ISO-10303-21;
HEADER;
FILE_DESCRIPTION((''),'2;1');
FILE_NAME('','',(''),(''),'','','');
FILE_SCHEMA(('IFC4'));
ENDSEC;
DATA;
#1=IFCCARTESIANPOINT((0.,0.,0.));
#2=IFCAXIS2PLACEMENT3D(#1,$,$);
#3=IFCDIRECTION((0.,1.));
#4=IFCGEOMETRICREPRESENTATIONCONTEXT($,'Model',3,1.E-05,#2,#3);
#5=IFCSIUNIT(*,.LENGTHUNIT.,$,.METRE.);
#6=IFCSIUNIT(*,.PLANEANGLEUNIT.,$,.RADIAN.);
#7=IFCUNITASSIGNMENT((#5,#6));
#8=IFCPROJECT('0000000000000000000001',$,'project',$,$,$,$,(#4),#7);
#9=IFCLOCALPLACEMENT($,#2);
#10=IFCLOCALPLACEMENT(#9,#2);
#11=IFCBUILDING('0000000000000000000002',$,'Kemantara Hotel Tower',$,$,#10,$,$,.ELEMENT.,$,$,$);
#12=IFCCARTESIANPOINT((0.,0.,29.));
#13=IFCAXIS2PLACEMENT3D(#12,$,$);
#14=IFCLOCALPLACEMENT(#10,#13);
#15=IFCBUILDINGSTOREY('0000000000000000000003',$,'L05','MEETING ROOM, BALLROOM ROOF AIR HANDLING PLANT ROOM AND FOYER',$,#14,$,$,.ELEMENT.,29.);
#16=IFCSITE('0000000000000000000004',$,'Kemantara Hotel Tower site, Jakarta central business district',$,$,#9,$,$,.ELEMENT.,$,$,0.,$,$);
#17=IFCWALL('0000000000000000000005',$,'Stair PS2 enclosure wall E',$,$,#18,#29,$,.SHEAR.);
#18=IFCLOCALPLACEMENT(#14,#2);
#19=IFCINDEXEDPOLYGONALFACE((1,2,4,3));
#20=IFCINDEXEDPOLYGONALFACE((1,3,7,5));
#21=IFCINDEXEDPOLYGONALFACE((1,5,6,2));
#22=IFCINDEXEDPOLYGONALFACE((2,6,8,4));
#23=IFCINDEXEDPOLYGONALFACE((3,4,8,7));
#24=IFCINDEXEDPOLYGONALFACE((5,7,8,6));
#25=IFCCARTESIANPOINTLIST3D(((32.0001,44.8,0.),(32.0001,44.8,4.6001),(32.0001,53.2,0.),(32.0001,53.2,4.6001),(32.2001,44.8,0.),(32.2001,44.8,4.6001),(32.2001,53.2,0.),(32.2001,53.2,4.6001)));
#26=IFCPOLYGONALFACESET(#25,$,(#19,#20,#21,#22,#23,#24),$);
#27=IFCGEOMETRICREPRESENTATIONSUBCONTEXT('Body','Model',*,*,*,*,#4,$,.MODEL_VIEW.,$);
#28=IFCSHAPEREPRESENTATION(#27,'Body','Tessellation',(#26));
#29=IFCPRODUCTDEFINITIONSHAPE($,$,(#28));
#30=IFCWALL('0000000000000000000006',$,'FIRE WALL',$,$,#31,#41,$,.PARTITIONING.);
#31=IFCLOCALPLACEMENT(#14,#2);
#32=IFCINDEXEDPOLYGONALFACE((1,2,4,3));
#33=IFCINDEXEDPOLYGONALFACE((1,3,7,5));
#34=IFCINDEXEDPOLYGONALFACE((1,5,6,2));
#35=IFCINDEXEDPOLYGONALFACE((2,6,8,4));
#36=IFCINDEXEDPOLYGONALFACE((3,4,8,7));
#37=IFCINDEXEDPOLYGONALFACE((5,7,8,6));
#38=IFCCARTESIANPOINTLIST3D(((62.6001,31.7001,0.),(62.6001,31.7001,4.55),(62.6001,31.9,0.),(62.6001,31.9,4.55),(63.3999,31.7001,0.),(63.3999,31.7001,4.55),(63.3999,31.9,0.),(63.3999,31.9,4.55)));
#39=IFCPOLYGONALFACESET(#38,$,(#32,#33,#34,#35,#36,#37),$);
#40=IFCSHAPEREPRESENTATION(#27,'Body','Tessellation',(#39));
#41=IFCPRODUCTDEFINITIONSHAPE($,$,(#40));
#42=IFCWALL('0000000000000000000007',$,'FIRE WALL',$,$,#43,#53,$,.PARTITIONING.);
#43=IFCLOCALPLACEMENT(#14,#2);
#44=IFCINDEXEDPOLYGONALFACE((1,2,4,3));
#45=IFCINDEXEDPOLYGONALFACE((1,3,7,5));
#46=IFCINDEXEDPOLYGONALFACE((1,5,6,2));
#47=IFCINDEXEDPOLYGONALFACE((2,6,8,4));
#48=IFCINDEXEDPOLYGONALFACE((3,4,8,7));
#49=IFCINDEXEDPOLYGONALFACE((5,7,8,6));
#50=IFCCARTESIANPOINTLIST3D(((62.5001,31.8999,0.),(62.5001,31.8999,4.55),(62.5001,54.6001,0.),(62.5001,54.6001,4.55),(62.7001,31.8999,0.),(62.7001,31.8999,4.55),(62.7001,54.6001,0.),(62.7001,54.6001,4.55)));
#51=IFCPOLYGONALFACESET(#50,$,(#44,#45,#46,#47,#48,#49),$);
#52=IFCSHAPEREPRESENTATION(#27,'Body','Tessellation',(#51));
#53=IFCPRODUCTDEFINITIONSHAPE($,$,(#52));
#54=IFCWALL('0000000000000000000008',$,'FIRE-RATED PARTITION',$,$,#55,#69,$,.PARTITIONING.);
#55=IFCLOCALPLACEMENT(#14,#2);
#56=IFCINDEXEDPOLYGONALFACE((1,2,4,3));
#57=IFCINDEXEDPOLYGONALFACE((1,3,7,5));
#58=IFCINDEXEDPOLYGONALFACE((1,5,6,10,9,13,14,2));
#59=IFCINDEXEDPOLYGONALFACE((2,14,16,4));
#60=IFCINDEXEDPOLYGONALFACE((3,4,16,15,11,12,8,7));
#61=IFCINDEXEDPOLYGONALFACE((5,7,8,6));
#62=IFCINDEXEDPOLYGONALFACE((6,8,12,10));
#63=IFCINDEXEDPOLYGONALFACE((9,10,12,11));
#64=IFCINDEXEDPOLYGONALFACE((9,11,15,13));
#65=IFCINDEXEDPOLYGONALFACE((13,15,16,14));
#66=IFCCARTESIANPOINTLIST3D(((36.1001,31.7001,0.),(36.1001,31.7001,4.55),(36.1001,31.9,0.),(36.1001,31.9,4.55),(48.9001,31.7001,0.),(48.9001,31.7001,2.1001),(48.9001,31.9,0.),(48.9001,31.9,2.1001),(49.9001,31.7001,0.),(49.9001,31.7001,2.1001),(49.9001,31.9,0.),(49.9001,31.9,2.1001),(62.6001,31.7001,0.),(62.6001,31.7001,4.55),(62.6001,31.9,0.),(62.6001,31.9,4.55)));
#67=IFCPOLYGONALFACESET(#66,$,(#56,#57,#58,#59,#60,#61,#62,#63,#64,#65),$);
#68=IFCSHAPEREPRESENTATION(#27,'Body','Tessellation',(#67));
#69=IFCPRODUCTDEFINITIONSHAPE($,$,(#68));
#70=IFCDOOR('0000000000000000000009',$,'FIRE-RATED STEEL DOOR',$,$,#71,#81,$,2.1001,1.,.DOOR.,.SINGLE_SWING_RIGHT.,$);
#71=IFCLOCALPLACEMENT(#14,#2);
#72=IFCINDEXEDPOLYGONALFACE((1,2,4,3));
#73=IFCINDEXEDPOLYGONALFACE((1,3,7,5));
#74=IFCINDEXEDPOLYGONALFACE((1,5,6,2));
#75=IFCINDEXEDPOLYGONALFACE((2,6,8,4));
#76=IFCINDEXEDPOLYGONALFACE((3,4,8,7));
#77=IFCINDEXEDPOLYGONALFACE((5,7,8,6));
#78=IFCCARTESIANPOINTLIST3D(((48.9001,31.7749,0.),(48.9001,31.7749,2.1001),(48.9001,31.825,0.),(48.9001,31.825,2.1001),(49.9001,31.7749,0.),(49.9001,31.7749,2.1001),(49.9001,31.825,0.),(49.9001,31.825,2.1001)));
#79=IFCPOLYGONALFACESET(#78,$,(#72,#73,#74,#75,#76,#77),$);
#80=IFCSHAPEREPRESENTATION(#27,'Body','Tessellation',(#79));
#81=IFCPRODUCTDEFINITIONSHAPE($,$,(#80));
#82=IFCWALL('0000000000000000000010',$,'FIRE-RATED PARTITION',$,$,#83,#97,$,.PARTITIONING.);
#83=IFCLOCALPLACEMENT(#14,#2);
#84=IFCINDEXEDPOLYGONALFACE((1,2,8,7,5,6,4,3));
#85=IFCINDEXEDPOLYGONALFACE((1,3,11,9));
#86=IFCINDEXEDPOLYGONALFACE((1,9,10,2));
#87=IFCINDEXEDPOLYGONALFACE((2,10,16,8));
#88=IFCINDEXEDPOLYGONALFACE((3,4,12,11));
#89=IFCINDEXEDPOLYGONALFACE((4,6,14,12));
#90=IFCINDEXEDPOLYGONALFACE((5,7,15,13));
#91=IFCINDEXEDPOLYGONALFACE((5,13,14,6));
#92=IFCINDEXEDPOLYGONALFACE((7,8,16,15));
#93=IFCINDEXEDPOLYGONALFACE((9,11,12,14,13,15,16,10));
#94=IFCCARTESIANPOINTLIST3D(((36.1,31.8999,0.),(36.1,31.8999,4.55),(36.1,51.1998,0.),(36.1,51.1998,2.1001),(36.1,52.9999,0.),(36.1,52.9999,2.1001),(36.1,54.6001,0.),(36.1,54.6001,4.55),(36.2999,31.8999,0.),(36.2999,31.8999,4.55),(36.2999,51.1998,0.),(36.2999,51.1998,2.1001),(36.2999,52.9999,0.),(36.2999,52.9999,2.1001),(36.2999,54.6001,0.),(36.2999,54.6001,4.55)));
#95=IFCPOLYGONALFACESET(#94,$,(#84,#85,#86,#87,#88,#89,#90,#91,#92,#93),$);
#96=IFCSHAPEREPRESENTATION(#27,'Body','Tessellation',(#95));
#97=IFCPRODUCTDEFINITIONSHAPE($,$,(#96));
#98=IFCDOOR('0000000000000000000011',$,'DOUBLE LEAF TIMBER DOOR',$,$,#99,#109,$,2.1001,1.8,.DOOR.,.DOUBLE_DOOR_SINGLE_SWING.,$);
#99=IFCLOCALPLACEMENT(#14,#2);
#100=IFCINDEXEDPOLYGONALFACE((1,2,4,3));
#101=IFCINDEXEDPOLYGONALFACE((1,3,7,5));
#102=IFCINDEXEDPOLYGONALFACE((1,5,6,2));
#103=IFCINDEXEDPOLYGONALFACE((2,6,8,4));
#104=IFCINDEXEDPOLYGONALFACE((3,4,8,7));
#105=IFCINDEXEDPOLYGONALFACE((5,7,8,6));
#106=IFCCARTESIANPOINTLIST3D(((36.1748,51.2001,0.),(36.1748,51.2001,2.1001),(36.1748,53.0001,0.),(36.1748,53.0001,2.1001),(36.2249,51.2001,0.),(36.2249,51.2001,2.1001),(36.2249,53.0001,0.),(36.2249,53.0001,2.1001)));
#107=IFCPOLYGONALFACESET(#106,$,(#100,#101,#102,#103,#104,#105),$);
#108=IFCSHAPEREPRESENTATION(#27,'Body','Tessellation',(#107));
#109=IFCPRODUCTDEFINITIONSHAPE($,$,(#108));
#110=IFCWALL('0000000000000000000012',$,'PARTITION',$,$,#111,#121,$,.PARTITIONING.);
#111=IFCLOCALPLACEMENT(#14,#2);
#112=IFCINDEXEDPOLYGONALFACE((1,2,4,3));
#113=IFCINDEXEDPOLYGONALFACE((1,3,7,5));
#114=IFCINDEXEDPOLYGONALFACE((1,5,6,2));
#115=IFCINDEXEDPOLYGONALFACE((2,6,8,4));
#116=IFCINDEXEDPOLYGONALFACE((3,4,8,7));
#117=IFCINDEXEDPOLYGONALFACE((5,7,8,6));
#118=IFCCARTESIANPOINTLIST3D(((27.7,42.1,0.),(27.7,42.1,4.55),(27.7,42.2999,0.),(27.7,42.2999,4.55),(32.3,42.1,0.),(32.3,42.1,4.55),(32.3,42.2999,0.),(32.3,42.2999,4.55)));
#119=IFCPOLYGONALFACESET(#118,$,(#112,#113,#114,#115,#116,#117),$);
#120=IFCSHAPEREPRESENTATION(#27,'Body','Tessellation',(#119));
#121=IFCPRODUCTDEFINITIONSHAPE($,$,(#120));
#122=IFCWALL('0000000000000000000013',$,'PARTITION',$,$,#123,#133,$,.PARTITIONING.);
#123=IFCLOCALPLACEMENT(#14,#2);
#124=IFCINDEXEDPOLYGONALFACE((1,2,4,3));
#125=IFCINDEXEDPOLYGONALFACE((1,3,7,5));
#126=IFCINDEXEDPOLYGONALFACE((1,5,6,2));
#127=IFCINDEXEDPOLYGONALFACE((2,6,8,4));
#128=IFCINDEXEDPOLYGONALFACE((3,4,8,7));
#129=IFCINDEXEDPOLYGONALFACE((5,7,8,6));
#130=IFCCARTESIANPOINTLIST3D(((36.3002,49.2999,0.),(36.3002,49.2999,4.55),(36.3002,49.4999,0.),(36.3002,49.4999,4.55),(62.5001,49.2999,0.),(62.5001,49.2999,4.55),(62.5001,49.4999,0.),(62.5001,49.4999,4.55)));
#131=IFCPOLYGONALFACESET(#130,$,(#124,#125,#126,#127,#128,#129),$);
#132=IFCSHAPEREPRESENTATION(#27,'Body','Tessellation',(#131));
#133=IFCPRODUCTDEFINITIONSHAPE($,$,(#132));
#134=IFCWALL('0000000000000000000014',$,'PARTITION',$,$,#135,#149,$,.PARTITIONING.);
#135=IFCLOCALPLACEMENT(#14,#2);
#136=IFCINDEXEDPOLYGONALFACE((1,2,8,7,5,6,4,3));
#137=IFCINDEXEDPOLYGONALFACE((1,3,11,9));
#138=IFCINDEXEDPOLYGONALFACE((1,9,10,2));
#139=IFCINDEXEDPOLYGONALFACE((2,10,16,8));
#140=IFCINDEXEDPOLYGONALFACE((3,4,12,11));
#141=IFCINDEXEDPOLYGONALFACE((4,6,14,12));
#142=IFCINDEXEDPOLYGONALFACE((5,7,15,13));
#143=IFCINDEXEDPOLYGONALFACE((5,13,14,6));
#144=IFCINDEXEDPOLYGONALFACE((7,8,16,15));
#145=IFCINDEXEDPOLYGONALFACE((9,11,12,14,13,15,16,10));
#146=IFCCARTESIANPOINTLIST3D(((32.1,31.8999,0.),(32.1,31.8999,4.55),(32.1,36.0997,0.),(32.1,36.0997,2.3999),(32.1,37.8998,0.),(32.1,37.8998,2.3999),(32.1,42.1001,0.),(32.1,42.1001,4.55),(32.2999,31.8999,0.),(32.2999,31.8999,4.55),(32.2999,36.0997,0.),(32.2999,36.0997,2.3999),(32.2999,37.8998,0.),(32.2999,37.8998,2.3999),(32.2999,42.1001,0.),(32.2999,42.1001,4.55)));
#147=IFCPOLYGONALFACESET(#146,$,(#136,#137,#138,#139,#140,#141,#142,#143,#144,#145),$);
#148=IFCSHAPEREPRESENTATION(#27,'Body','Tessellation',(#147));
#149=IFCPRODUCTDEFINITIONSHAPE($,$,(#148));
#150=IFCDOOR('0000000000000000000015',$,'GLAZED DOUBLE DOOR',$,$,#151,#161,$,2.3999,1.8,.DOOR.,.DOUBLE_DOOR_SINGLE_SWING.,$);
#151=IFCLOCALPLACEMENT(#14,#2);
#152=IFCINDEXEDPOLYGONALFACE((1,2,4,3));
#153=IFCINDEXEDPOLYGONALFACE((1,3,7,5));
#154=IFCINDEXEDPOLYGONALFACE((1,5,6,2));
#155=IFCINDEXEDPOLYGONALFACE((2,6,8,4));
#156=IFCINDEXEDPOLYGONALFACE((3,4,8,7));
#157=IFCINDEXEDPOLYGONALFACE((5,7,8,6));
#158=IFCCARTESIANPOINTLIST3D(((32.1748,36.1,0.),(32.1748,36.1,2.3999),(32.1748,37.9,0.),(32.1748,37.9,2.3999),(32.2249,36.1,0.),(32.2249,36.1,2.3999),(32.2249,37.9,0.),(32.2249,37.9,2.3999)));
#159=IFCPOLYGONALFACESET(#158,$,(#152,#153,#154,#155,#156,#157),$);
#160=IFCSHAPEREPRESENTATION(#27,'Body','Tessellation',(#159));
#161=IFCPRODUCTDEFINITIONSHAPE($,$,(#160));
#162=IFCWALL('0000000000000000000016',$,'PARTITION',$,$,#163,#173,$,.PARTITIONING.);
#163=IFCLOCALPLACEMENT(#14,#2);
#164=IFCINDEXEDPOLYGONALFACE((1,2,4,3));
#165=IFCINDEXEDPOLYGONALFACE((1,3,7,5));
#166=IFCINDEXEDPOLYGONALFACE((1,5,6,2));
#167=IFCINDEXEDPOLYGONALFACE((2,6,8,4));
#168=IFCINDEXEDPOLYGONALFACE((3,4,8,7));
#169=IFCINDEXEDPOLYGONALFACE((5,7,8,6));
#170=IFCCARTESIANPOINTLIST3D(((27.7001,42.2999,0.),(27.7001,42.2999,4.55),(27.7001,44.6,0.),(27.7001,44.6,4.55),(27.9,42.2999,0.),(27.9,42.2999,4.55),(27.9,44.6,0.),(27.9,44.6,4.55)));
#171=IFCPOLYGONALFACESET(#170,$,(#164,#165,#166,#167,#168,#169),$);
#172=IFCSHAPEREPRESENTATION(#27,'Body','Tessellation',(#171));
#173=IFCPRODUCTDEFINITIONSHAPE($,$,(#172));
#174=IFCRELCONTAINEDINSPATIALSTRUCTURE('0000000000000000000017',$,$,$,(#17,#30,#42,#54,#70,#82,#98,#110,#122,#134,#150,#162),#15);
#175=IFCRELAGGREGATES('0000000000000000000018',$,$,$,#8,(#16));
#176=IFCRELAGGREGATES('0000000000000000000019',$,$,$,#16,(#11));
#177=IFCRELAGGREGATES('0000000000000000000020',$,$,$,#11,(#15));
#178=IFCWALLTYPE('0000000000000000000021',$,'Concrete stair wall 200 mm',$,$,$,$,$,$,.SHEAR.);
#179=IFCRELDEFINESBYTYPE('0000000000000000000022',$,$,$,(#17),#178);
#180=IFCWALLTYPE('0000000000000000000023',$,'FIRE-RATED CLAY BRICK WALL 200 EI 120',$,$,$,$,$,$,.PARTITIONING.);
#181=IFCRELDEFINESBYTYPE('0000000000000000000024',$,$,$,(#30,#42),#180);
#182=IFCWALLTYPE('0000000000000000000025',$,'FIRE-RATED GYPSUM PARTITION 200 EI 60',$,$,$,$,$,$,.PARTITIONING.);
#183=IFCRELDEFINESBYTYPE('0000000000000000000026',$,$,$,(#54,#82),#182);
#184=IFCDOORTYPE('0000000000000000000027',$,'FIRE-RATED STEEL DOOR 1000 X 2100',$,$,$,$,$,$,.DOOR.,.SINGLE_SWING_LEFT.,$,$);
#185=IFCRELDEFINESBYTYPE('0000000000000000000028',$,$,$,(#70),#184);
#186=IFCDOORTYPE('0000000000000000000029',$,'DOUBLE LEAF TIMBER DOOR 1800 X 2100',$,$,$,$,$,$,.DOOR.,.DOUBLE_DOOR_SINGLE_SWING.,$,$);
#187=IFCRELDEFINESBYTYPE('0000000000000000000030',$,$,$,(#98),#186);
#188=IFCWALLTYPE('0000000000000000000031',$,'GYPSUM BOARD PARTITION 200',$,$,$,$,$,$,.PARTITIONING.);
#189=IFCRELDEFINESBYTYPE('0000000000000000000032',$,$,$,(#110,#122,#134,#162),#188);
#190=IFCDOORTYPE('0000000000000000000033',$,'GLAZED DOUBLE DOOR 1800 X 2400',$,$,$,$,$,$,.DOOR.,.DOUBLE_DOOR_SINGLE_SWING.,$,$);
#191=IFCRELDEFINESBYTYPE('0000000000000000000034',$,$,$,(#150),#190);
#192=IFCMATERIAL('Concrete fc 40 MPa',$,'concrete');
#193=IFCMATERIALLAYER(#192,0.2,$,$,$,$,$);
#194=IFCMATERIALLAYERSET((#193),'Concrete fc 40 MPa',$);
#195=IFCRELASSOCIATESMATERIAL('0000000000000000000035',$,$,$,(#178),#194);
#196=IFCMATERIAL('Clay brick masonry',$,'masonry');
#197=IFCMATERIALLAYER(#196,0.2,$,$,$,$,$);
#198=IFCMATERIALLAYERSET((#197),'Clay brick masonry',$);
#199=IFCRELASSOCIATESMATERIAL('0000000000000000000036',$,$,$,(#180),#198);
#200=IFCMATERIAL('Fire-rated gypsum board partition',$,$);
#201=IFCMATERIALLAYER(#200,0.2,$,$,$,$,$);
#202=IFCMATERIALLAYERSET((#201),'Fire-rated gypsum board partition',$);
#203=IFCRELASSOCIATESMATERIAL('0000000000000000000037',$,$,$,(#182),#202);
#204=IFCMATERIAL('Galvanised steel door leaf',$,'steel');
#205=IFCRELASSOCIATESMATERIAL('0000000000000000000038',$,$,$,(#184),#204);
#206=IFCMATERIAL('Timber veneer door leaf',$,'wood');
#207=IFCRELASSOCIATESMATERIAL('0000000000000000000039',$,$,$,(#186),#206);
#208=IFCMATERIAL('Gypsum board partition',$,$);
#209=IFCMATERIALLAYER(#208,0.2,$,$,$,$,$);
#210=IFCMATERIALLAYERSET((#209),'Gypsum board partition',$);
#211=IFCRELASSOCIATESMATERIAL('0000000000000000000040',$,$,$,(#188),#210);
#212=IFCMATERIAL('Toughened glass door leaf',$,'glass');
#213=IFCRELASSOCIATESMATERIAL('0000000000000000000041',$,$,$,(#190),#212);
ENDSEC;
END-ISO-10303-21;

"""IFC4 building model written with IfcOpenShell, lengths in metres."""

from ifc_helpers import new_model, si_unit, direction, frame, frame_2d, origin, place, context, subcontext, project, spatial, rectangle, extrude, material, layer, layer_set, type_object, element, fill, save


model = new_model("IFC4")

# Units and contexts
model_context = context("Model", 3, precision=1e-05, world=origin(), true_north=direction((0.0, 1.0)))
body_context = subcontext(model_context, "Body", "Model", "MODEL_VIEW")
ifc_project = project(units=[si_unit("LENGTHUNIT", "METRE"), si_unit("PLANEANGLEUNIT", "RADIAN")], contexts=[model_context])

# Site, building, storey
site_placement = place(None, origin())
site = spatial("IfcSite", under=ifc_project, at=site_placement, Name="Kemantara Hotel Tower site, Jakarta central business district", CompositionType="ELEMENT", RefElevation=0.0)
building_placement = place(site_placement, origin())
building = spatial("IfcBuilding", under=site, at=building_placement, Name="Kemantara Hotel Tower", CompositionType="ELEMENT")
storey_placement = place(building_placement, frame((0.0, 0.0, 29.0)))
storey = spatial("IfcBuildingStorey", under=building, at=storey_placement, Name="L05", Description="MEETING ROOM, BALLROOM ROOF AIR HANDLING PLANT ROOM AND FOYER", CompositionType="ELEMENT", Elevation=29.0)

# Shared definitions
ifc_material_1 = material(Name="Concrete fc 40 MPa", Category="concrete")
ifc_layer_1 = layer(ifc_material_1, 0.2)
ifc_layer_set_1 = layer_set([ifc_layer_1], Name="Concrete fc 40 MPa")
wall_type_1 = type_object("IfcWallType", Name="Concrete stair wall 200 mm", PredefinedType="SHEAR", material=ifc_layer_set_1)

# Walls
for number, where, z_axis, x_axis, name in (
    (1, (32.1001, 44.8, 0.0), (0.0, 0.0, 1.0), (0.0, 1.0, 0.0), "Stair PS2 enclosure wall E"),
):
    element("IfcWall", number, at=place(storey_placement, frame(where, z_axis=z_axis, x_axis=x_axis)), inside=storey, type_object=wall_type_1, Name=name, PredefinedType="SHEAR", context=body_context, shape_type="SweptSolid", body=[
        extrude(rectangle(XDim=8.3999, YDim=0.2, at=frame_2d((4.2, 0.0))), origin(), (0.0, 0.0, 1.0), 4.6001),
    ])
ifc_material_2 = material(Name="Clay brick masonry", Category="masonry")
ifc_layer_2 = layer(ifc_material_2, 0.2)
ifc_layer_set_2 = layer_set([ifc_layer_2], Name="Clay brick masonry")
wall_type_2 = type_object("IfcWallType", Name="FIRE-RATED CLAY BRICK WALL 200 EI 120", PredefinedType="PARTITIONING", material=ifc_layer_set_2)
wall_1_placement = place(storey_placement, frame((62.6001, 31.8, 0.0), z_axis=(0.0, 0.0, 1.0), x_axis=(1.0, 0.0, 0.0)))
element("IfcWall", 2, at=wall_1_placement, inside=storey, type_object=wall_type_2, Name="FIRE WALL", PredefinedType="PARTITIONING", context=body_context, shape_type="SweptSolid", body=[
    extrude(rectangle(XDim=0.7998, YDim=0.2, at=frame_2d((0.3999, 0.0))), origin(), (0.0, 0.0, 1.0), 4.55),
])
wall_2_placement = place(storey_placement, frame((62.6001, 31.8999, 0.0), z_axis=(0.0, 0.0, 1.0), x_axis=(0.0, 1.0, 0.0)))
element("IfcWall", 3, at=wall_2_placement, inside=storey, type_object=wall_type_2, Name="FIRE WALL", PredefinedType="PARTITIONING", context=body_context, shape_type="SweptSolid", body=[
    extrude(rectangle(XDim=22.7002, YDim=0.2, at=frame_2d((11.3501, 0.0))), origin(), (0.0, 0.0, 1.0), 4.55),
])

# Walls, openings, doors
ifc_material_3 = material(Name="Fire-rated gypsum board partition")
ifc_layer_3 = layer(ifc_material_3, 0.2)
ifc_layer_set_3 = layer_set([ifc_layer_3], Name="Fire-rated gypsum board partition")
wall_type_3 = type_object("IfcWallType", Name="FIRE-RATED GYPSUM PARTITION 200 EI 60", PredefinedType="PARTITIONING", material=ifc_layer_set_3)
wall_3_placement = place(storey_placement, frame((36.1001, 31.8, 0.0), z_axis=(0.0, 0.0, 1.0), x_axis=(1.0, 0.0, 0.0)))
wall_3 = element("IfcWall", 4, at=wall_3_placement, inside=storey, type_object=wall_type_3, Name="FIRE-RATED PARTITION", PredefinedType="PARTITIONING", context=body_context, shape_type="SweptSolid", body=[
    extrude(rectangle(XDim=26.5, YDim=0.2, at=frame_2d((13.25, 0.0))), origin(), (0.0, 0.0, 1.0), 4.55),
])
opening_1_placement = place(wall_3_placement, frame((12.8, 0.0, 0.0)))
opening_1 = element("IfcOpeningElement", 5, at=opening_1_placement, cuts=wall_3, PredefinedType="OPENING", context=body_context, shape_type="SweptSolid", body=[
    extrude(rectangle(XDim=1.0, YDim=2.1001, at=frame_2d((0.5, 1.05))), frame((0.0, 0.1099, 0.0), z_axis=(0.0, -1.0, 0.0), x_axis=(1.0, 0.0, 0.0)), (0.0, 0.0, 1.0), 0.22),
])
ifc_material_4 = material(Name="Galvanised steel door leaf", Category="steel")
door_type_1 = type_object("IfcDoorType", Name="FIRE-RATED STEEL DOOR 1000 X 2100", OperationType="SINGLE_SWING_LEFT", PredefinedType="DOOR", material=ifc_material_4)
door_1_placement = place(opening_1_placement, origin())
door_1 = element("IfcDoor", 6, at=door_1_placement, inside=storey, type_object=door_type_1, Name="FIRE-RATED STEEL DOOR", OperationType="SINGLE_SWING_RIGHT", OverallHeight=2.1001, OverallWidth=1.0, PredefinedType="DOOR", context=body_context, shape_type="SweptSolid", body=[
    extrude(rectangle(XDim=1.0, YDim=2.1001, at=frame_2d((0.5, 1.05))), frame((0.0, 0.0249, 0.0), z_axis=(0.0, -1.0, 0.0), x_axis=(1.0, 0.0, 0.0)), (0.0, 0.0, 1.0), 0.05),
])
fill(opening_1, door_1)
wall_4_placement = place(storey_placement, frame((36.2, 31.8999, 0.0), z_axis=(0.0, 0.0, 1.0), x_axis=(0.0, 1.0, 0.0)))
wall_4 = element("IfcWall", 7, at=wall_4_placement, inside=storey, type_object=wall_type_3, Name="FIRE-RATED PARTITION", PredefinedType="PARTITIONING", context=body_context, shape_type="SweptSolid", body=[
    extrude(rectangle(XDim=22.7002, YDim=0.2, at=frame_2d((11.3501, 0.0))), origin(), (0.0, 0.0, 1.0), 4.55),
])
opening_2_placement = place(wall_4_placement, frame((19.3, 0.0, 0.0)))
opening_2 = element("IfcOpeningElement", 8, at=opening_2_placement, cuts=wall_4, PredefinedType="OPENING", context=body_context, shape_type="SweptSolid", body=[
    extrude(rectangle(XDim=1.8, YDim=2.1001, at=frame_2d((0.8999, 1.05))), frame((0.0, 0.1099, 0.0), z_axis=(0.0, -1.0, 0.0), x_axis=(1.0, 0.0, 0.0)), (0.0, 0.0, 1.0), 0.22),
])
ifc_material_5 = material(Name="Timber veneer door leaf", Category="wood")
door_type_2 = type_object("IfcDoorType", Name="DOUBLE LEAF TIMBER DOOR 1800 X 2100", OperationType="DOUBLE_DOOR_SINGLE_SWING", PredefinedType="DOOR", material=ifc_material_5)
door_2_placement = place(opening_2_placement, frame((1.8, 0.0, 0.0), z_axis=(0.0, 0.0, 1.0), x_axis=(-1.0, 0.0, 0.0)))
door_2 = element("IfcDoor", 9, at=door_2_placement, inside=storey, type_object=door_type_2, Name="DOUBLE LEAF TIMBER DOOR", OperationType="DOUBLE_DOOR_SINGLE_SWING", OverallHeight=2.1001, OverallWidth=1.8, PredefinedType="DOOR", context=body_context, shape_type="SweptSolid", body=[
    extrude(rectangle(XDim=1.8, YDim=2.1001, at=frame_2d((0.8999, 1.05))), frame((0.0, 0.0249, 0.0), z_axis=(0.0, -1.0, 0.0), x_axis=(1.0, 0.0, 0.0)), (0.0, 0.0, 1.0), 0.05),
])
fill(opening_2, door_2)

# Walls
ifc_material_6 = material(Name="Gypsum board partition")
ifc_layer_4 = layer(ifc_material_6, 0.2)
ifc_layer_set_4 = layer_set([ifc_layer_4], Name="Gypsum board partition")
wall_type_4 = type_object("IfcWallType", Name="GYPSUM BOARD PARTITION 200", PredefinedType="PARTITIONING", material=ifc_layer_set_4)
wall_5_placement = place(storey_placement, frame((27.7, 42.2, 0.0), z_axis=(0.0, 0.0, 1.0), x_axis=(1.0, 0.0, 0.0)))
element("IfcWall", 10, at=wall_5_placement, inside=storey, type_object=wall_type_4, Name="PARTITION", PredefinedType="PARTITIONING", context=body_context, shape_type="SweptSolid", body=[
    extrude(rectangle(XDim=4.6001, YDim=0.2, at=frame_2d((2.3, 0.0))), origin(), (0.0, 0.0, 1.0), 4.55),
])
wall_6_placement = place(storey_placement, frame((36.3, 49.3999, 0.0), z_axis=(0.0, 0.0, 1.0), x_axis=(1.0, 0.0, 0.0)))
element("IfcWall", 11, at=wall_6_placement, inside=storey, type_object=wall_type_4, Name="PARTITION", PredefinedType="PARTITIONING", context=body_context, shape_type="SweptSolid", body=[
    extrude(rectangle(XDim=26.2, YDim=0.2, at=frame_2d((13.1001, 0.0))), origin(), (0.0, 0.0, 1.0), 4.55),
])

# Wall, opening, door
wall_7_placement = place(storey_placement, frame((32.2, 31.8999, 0.0), z_axis=(0.0, 0.0, 1.0), x_axis=(0.0, 1.0, 0.0)))
wall_7 = element("IfcWall", 12, at=wall_7_placement, inside=storey, type_object=wall_type_4, Name="PARTITION", PredefinedType="PARTITIONING", context=body_context, shape_type="SweptSolid", body=[
    extrude(rectangle(XDim=10.2002, YDim=0.2, at=frame_2d((5.1001, 0.0))), origin(), (0.0, 0.0, 1.0), 4.55),
])
opening_3_placement = place(wall_7_placement, frame((4.2, 0.0, 0.0)))
opening_3 = element("IfcOpeningElement", 13, at=opening_3_placement, cuts=wall_7, PredefinedType="OPENING", context=body_context, shape_type="SweptSolid", body=[
    extrude(rectangle(XDim=1.8, YDim=2.3999, at=frame_2d((0.8999, 1.2))), frame((0.0, 0.1099, 0.0), z_axis=(0.0, -1.0, 0.0), x_axis=(1.0, 0.0, 0.0)), (0.0, 0.0, 1.0), 0.22),
])
ifc_material_7 = material(Name="Toughened glass door leaf", Category="glass")
door_type_3 = type_object("IfcDoorType", Name="GLAZED DOUBLE DOOR 1800 X 2400", OperationType="DOUBLE_DOOR_SINGLE_SWING", PredefinedType="DOOR", material=ifc_material_7)
door_3_placement = place(opening_3_placement, frame((1.8, 0.0, 0.0), z_axis=(0.0, 0.0, 1.0), x_axis=(-1.0, 0.0, 0.0)))
door_3 = element("IfcDoor", 14, at=door_3_placement, inside=storey, type_object=door_type_3, Name="GLAZED DOUBLE DOOR", OperationType="DOUBLE_DOOR_SINGLE_SWING", OverallHeight=2.3999, OverallWidth=1.8, PredefinedType="DOOR", context=body_context, shape_type="SweptSolid", body=[
    extrude(rectangle(XDim=1.8, YDim=2.3999, at=frame_2d((0.8999, 1.2))), frame((0.0, 0.0249, 0.0), z_axis=(0.0, -1.0, 0.0), x_axis=(1.0, 0.0, 0.0)), (0.0, 0.0, 1.0), 0.05),
])
fill(opening_3, door_3)

# Wall
wall_8_placement = place(storey_placement, frame((27.8, 42.3, 0.0), z_axis=(0.0, 0.0, 1.0), x_axis=(0.0, 1.0, 0.0)))
element("IfcWall", 15, at=wall_8_placement, inside=storey, type_object=wall_type_4, Name="PARTITION", PredefinedType="PARTITIONING", context=body_context, shape_type="SweptSolid", body=[
    extrude(rectangle(XDim=2.3, YDim=0.2, at=frame_2d((1.1499, 0.0))), origin(), (0.0, 0.0, 1.0), 4.55),
])

save(model, "model.ifc")
